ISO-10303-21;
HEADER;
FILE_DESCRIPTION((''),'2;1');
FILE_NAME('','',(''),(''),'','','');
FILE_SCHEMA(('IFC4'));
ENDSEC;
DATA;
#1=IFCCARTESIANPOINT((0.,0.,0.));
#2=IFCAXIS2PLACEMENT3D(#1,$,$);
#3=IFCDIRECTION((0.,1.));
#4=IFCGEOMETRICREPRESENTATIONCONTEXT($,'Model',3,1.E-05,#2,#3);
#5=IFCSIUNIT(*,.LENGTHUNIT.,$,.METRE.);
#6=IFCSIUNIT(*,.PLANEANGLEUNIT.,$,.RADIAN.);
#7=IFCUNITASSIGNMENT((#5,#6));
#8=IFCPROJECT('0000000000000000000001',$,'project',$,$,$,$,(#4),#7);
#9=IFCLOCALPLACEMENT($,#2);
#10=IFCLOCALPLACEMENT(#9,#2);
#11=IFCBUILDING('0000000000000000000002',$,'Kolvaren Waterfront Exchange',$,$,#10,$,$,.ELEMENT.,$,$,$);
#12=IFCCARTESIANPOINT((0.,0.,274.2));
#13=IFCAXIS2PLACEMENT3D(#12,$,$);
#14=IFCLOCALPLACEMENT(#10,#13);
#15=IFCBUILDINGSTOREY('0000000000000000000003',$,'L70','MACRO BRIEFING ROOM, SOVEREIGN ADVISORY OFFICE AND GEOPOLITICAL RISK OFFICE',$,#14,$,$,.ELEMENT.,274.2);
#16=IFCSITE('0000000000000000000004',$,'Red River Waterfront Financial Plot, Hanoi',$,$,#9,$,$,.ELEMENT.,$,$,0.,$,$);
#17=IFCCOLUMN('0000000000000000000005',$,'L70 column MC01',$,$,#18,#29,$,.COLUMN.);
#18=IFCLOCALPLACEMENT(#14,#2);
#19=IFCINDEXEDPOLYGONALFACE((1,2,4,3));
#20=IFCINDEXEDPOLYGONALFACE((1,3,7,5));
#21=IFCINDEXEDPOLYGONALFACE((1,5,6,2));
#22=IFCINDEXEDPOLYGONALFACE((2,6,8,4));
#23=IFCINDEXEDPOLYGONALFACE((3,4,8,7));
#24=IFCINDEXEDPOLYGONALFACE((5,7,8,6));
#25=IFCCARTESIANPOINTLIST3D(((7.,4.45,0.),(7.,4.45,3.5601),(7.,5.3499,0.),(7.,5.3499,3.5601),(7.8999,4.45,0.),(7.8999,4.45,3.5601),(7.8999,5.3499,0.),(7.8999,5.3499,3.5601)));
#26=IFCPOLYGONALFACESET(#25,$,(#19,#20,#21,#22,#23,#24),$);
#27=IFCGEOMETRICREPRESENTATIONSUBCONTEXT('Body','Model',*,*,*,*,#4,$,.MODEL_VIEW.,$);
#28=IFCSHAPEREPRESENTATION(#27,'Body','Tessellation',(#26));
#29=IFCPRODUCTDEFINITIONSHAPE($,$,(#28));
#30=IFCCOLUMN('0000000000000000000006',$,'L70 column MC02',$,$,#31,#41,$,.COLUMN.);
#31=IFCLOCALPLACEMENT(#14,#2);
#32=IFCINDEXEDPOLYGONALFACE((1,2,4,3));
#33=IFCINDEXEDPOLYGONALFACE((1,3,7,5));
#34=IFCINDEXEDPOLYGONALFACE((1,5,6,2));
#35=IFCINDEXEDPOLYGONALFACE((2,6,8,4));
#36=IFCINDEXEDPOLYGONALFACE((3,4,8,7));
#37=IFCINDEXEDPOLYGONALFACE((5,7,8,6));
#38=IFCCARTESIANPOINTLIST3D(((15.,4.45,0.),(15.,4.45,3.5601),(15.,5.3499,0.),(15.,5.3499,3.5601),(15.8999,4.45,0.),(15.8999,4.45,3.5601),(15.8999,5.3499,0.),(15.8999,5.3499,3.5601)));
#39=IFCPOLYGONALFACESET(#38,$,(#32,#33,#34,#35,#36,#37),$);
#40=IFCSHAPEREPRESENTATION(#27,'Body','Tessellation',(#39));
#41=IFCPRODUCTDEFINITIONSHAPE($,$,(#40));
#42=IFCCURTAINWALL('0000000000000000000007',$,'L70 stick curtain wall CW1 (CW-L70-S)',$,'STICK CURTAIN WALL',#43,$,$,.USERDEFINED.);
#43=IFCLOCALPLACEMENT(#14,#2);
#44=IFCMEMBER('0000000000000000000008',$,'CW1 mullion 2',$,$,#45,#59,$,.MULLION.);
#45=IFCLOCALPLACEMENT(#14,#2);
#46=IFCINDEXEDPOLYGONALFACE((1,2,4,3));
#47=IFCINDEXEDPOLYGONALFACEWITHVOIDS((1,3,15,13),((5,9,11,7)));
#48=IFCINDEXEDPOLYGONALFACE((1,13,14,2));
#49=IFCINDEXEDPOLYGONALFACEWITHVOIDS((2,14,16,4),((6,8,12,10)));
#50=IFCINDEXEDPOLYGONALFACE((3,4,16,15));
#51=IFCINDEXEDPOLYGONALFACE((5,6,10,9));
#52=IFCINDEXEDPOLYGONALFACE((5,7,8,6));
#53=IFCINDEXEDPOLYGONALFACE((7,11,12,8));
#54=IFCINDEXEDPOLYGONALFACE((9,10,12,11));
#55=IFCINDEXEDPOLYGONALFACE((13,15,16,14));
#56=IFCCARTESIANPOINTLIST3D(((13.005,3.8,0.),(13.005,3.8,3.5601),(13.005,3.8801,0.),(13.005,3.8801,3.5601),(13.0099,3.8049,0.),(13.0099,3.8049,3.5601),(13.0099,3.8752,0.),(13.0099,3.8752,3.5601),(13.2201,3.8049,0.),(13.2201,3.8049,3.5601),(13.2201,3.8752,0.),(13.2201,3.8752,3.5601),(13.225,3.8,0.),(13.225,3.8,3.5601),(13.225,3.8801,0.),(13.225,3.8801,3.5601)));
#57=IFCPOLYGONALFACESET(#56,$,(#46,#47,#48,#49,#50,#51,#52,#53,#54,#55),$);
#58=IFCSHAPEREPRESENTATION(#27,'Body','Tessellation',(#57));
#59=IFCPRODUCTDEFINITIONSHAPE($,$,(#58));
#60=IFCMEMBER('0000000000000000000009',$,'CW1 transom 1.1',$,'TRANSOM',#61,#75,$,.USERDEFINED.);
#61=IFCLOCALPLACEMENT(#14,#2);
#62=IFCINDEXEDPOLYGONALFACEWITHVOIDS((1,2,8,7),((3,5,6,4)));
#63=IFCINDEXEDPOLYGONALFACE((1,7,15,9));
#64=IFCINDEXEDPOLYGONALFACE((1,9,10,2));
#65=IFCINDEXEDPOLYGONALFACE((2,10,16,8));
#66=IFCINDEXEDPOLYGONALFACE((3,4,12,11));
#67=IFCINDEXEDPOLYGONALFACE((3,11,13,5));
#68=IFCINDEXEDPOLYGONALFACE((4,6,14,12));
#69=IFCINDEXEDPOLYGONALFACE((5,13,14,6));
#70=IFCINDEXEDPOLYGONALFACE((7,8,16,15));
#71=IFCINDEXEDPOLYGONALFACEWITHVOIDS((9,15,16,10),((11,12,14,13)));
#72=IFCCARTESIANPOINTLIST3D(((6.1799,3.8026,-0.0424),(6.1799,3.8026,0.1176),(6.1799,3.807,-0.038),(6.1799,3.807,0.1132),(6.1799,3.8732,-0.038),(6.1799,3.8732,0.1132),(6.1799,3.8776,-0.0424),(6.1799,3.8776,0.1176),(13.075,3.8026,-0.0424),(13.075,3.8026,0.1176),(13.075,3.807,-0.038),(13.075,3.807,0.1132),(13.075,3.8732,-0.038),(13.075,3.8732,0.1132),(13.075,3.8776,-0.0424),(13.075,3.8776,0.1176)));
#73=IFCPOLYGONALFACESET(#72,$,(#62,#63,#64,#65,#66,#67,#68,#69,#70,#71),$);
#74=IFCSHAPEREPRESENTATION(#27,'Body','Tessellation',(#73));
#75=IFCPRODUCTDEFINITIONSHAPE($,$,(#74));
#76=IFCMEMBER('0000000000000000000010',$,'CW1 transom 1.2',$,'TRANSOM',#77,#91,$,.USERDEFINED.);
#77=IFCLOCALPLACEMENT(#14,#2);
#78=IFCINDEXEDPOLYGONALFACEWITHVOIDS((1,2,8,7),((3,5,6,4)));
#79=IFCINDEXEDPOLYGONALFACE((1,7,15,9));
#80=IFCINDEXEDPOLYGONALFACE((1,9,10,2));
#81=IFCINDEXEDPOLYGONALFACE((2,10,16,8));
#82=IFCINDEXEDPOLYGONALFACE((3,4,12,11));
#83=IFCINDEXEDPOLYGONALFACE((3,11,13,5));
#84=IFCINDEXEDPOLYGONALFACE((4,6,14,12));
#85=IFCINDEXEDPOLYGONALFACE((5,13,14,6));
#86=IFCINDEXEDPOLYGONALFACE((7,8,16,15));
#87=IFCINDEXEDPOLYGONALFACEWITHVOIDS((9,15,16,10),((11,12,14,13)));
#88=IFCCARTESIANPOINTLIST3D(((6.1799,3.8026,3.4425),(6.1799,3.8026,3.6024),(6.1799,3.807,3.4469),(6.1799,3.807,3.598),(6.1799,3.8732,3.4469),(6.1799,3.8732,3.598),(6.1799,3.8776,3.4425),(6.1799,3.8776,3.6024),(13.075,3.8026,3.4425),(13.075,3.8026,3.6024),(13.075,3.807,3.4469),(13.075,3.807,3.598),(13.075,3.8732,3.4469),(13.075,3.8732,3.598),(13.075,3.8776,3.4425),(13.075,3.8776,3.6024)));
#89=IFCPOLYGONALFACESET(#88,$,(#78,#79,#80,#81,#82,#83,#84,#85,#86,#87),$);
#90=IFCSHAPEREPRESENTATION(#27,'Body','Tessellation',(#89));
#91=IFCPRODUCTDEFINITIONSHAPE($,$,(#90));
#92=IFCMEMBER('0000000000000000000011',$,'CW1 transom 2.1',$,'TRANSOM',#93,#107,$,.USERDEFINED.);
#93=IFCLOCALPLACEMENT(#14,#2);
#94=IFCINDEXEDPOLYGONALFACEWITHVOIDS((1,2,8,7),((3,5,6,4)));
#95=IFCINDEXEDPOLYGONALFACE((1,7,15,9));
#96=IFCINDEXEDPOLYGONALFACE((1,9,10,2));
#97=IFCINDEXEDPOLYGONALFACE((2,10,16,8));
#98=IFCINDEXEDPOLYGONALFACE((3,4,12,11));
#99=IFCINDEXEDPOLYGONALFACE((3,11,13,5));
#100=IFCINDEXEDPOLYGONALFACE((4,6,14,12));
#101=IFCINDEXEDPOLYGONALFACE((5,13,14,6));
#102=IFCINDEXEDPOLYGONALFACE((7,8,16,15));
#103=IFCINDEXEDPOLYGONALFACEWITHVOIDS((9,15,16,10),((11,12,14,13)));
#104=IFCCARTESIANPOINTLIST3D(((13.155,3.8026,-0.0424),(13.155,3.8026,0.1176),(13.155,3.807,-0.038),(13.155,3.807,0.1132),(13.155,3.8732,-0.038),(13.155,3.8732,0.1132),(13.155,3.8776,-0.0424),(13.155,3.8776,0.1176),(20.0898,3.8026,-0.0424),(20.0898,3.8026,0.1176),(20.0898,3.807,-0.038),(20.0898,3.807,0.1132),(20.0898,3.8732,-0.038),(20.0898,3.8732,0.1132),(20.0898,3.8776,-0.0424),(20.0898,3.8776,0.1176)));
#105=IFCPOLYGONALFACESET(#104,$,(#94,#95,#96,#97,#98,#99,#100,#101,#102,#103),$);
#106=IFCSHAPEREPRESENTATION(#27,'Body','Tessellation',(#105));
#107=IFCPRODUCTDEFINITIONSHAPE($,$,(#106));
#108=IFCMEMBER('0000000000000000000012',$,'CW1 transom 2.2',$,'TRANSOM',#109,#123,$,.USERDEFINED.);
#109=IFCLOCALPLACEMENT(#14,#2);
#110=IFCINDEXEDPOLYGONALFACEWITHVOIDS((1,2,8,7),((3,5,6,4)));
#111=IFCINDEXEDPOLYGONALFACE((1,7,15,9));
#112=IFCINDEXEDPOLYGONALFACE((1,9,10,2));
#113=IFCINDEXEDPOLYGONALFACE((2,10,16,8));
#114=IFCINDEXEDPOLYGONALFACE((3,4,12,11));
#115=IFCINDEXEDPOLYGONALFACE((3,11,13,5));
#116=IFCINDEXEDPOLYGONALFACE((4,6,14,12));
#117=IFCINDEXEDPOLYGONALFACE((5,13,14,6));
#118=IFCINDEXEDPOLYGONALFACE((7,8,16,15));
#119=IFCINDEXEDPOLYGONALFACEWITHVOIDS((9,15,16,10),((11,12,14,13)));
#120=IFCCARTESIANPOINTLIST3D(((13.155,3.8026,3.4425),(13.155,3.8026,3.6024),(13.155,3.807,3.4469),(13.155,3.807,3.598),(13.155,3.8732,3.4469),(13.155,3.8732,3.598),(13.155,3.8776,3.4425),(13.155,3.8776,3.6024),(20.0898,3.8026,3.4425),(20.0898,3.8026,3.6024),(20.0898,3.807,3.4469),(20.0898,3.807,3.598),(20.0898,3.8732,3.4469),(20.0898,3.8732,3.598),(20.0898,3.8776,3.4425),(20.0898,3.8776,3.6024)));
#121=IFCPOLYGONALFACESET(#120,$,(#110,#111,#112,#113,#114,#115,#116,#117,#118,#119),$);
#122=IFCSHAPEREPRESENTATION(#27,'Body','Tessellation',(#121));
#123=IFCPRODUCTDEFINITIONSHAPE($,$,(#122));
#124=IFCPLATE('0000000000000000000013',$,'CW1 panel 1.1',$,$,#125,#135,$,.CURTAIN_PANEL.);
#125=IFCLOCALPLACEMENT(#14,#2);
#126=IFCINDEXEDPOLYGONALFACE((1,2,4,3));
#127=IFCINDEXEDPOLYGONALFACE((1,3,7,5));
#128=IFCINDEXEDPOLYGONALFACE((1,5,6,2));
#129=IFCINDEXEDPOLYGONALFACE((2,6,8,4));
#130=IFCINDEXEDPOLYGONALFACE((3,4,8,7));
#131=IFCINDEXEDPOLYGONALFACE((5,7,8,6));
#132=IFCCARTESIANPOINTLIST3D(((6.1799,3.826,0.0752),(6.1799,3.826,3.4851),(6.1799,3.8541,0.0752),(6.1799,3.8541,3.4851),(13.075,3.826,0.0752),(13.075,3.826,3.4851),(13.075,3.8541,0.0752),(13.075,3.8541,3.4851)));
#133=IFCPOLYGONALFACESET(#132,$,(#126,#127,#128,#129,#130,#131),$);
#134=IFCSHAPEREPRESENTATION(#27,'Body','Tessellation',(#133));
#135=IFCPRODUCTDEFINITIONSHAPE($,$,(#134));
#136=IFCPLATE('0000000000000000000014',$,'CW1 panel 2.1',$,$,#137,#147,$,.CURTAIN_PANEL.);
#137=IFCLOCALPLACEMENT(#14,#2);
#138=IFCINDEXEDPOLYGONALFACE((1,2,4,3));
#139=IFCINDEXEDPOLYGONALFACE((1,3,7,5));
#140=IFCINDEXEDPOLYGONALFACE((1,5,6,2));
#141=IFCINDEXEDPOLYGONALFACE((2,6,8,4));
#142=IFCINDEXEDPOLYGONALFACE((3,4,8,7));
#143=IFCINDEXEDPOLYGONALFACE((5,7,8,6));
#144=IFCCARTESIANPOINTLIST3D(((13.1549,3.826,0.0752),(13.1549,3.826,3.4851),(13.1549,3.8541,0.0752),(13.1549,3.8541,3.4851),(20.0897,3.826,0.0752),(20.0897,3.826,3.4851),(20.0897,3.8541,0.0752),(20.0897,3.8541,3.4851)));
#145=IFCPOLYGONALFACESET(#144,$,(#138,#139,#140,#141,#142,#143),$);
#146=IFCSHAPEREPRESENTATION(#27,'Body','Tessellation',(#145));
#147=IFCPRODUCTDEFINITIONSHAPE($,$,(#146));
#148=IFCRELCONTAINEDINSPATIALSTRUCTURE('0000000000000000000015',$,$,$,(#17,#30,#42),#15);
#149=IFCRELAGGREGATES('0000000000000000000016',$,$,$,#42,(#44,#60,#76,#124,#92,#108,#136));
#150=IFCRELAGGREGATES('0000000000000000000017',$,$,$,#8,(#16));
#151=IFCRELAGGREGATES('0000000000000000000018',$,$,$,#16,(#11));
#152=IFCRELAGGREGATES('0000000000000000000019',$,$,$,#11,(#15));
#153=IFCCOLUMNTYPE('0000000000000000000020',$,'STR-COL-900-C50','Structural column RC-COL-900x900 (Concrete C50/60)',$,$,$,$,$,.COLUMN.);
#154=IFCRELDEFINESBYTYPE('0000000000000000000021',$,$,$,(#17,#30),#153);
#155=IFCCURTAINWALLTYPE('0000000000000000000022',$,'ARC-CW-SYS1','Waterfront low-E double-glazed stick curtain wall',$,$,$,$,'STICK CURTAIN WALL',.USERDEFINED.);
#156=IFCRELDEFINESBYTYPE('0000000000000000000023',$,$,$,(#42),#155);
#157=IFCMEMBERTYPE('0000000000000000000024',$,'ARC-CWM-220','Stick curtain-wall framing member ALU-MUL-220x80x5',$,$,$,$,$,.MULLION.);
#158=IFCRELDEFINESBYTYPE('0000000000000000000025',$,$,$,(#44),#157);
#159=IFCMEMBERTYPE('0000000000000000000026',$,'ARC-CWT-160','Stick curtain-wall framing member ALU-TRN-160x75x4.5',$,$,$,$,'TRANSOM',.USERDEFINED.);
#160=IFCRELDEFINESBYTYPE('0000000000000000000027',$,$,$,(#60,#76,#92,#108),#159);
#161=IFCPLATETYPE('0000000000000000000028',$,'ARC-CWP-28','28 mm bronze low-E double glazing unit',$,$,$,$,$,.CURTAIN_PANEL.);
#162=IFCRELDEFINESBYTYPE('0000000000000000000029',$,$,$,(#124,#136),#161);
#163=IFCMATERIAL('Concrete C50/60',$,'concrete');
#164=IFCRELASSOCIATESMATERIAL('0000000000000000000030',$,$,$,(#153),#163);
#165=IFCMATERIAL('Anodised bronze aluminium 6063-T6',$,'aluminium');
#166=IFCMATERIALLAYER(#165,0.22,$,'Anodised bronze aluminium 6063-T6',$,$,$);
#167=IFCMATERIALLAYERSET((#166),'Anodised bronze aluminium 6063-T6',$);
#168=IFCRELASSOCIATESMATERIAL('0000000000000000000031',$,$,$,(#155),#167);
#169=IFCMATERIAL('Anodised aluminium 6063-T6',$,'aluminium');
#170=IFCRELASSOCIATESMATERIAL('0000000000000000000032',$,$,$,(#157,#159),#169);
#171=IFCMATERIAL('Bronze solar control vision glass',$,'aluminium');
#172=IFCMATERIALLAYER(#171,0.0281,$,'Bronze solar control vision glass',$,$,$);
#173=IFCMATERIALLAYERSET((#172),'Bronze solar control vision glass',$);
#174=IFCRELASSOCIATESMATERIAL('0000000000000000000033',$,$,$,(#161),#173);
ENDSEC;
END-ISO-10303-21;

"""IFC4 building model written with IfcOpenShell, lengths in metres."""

from ifc_helpers import new_model, si_unit, direction, frame, origin, origin_with_axes, origin_2d, place, context, subcontext, project, spatial, rectangle, hollow_rectangle, extrude, source, transform, mapped, material, layer, layer_set, material_profile, profile_set, type_object, element, aggregate, save


model = new_model("IFC4")

# Units and contexts
model_context = context("Model", 3, precision=1e-05, world=origin(), true_north=direction((0.0, 1.0)))
body_context = subcontext(model_context, "Body", "Model", "MODEL_VIEW")
ifc_project = project(units=[si_unit("LENGTHUNIT", "METRE"), si_unit("PLANEANGLEUNIT", "RADIAN")], contexts=[model_context])

# Site, building, storey
site_placement = place(None, origin())
site = spatial("IfcSite", under=ifc_project, at=site_placement, Name="Red River Waterfront Financial Plot, Hanoi", CompositionType="ELEMENT", RefElevation=0.0)
building_placement = place(site_placement, origin())
building = spatial("IfcBuilding", under=site, at=building_placement, Name="Kolvaren Waterfront Exchange", CompositionType="ELEMENT")
storey_placement = place(building_placement, frame((0.0, 0.0, 274.2)))
storey = spatial("IfcBuildingStorey", under=building, at=storey_placement, Name="L70", Description="MACRO BRIEFING ROOM, SOVEREIGN ADVISORY OFFICE AND GEOPOLITICAL RISK OFFICE", CompositionType="ELEMENT", Elevation=274.2)

# Columns
ifc_material_1 = material(Name="Concrete C50/60", Category="concrete")
ifc_material_profile_1 = material_profile(ifc_material_1, rectangle(XDim=0.8999, YDim=0.8999, at=origin_2d()), Name="RC-COL-900x900")
ifc_profile_set_1 = profile_set([ifc_material_profile_1], Name="Concrete C50/60")
column_type = type_object("IfcColumnType", Name="STR-COL-900-C50", Description="Structural column RC-COL-900x900 (Concrete C50/60)", PredefinedType="COLUMN", material=ifc_profile_set_1)
for number, where, z_axis, x_axis, name in (
    (1, (7.45, 4.8999, 0.0), (0.0, 0.0, 1.0), (1.0, 0.0, 0.0), "L70 column MC01"),
    (2, (15.45, 4.8999, 0.0), (0.0, 0.0, 1.0), (1.0, 0.0, 0.0), "L70 column MC02"),
):
    element("IfcColumn", number, at=place(storey_placement, frame(where, z_axis=z_axis, x_axis=x_axis)), inside=storey, type_object=column_type, Name=name, PredefinedType="COLUMN", context=body_context, shape_type="SweptSolid", body=[
        extrude(rectangle(XDim=0.8999, YDim=0.8999, at=origin_2d()), origin(), (0.0, 0.0, 1.0), 3.5601),
    ])

# Curtain wall, members, plates
ifc_material_2 = material(Name="Anodised bronze aluminium 6063-T6", Category="aluminium")
ifc_layer_1 = layer(ifc_material_2, 0.22, Name="Anodised bronze aluminium 6063-T6")
ifc_layer_set_1 = layer_set([ifc_layer_1], Name="Anodised bronze aluminium 6063-T6")
curtain_wall_type = type_object("IfcCurtainWallType", Name="ARC-CW-SYS1", Description="Waterfront low-E double-glazed stick curtain wall", ElementType="STICK CURTAIN WALL", PredefinedType="USERDEFINED", material=ifc_layer_set_1)
curtain_wall_placement = place(storey_placement, origin())
curtain_wall = element("IfcCurtainWall", 3, at=curtain_wall_placement, inside=storey, type_object=curtain_wall_type, Name="L70 stick curtain wall CW1 (CW-L70-S)", ObjectType="STICK CURTAIN WALL", PredefinedType="USERDEFINED")
ifc_material_3 = material(Name="Anodised aluminium 6063-T6", Category="aluminium")
ifc_material_profile_2 = material_profile(ifc_material_3, hollow_rectangle(XDim=0.0801, YDim=0.22, WallThickness=0.0049, at=origin_2d()), Name="ALU-MUL-220x80x5")
ifc_profile_set_2 = profile_set([ifc_material_profile_2], Name="Anodised aluminium 6063-T6")
member_type_1 = type_object("IfcMemberType", Name="ARC-CWM-220", Description="Stick curtain-wall framing member ALU-MUL-220x80x5", PredefinedType="MULLION", material=ifc_profile_set_2)
shared_shape_1 = source(origin_with_axes(), body_context, "Body", "SweptSolid", [
    extrude(hollow_rectangle(XDim=0.0801, YDim=0.22, WallThickness=0.0049, at=origin_2d()), origin(), (0.0, 0.0, 1.0), 3.5601),
])
member_1_placement = place(storey_placement, frame((13.115, 3.8401, 0.0), z_axis=(0.0, 0.0, 1.0), x_axis=(0.0, 1.0, 0.0)))
member_1 = element("IfcMember", 4, at=member_1_placement, type_object=member_type_1, Name="CW1 mullion 2", PredefinedType="MULLION", context=body_context, shape_type="MappedRepresentation", body=[
    mapped(shared_shape_1, transform((0.0, 0.0, 0.0), x_axis=(1.0, 0.0, 0.0), y_axis=(0.0, 1.0, 0.0), z_axis=(0.0, 0.0, 1.0), scale=1.0)),
])
ifc_material_profile_3 = material_profile(ifc_material_3, hollow_rectangle(XDim=0.075, YDim=0.1599, WallThickness=0.0044, at=origin_2d()), Name="ALU-TRN-160x75x4.5")
ifc_profile_set_3 = profile_set([ifc_material_profile_3], Name="Anodised aluminium 6063-T6")
member_type_2 = type_object("IfcMemberType", Name="ARC-CWT-160", Description="Stick curtain-wall framing member ALU-TRN-160x75x4.5", ElementType="TRANSOM", PredefinedType="USERDEFINED", material=ifc_profile_set_3)
shared_shape_2 = source(origin_with_axes(), body_context, "Body", "SweptSolid", [
    extrude(hollow_rectangle(XDim=0.075, YDim=0.1599, WallThickness=0.0044, at=origin_2d()), origin(), (0.0, 0.0, 1.0), 6.895),
])
member_2_placement = place(storey_placement, frame((6.1799, 3.8401, 0.0376), z_axis=(1.0, 0.0, 0.0), x_axis=(0.0, 1.0, 0.0)))
member_2 = element("IfcMember", 5, at=member_2_placement, type_object=member_type_2, Name="CW1 transom 1.1", ObjectType="TRANSOM", PredefinedType="USERDEFINED", context=body_context, shape_type="MappedRepresentation", body=[
    mapped(shared_shape_2, transform((0.0, 0.0, 0.0), x_axis=(1.0, 0.0, 0.0), y_axis=(0.0, 1.0, 0.0), z_axis=(0.0, 0.0, 1.0), scale=1.0)),
])
member_3_placement = place(storey_placement, frame((6.1799, 3.8401, 3.5225), z_axis=(1.0, 0.0, 0.0), x_axis=(0.0, 1.0, 0.0)))
member_3 = element("IfcMember", 6, at=member_3_placement, type_object=member_type_2, Name="CW1 transom 1.2", ObjectType="TRANSOM", PredefinedType="USERDEFINED", context=body_context, shape_type="MappedRepresentation", body=[
    mapped(shared_shape_2, transform((0.0, 0.0, 0.0), x_axis=(1.0, 0.0, 0.0), y_axis=(0.0, 1.0, 0.0), z_axis=(0.0, 0.0, 1.0), scale=1.0)),
])
shared_shape_3 = source(origin_with_axes(), body_context, "Body", "SweptSolid", [
    extrude(hollow_rectangle(XDim=0.075, YDim=0.1599, WallThickness=0.0044, at=origin_2d()), origin(), (0.0, 0.0, 1.0), 6.9348),
])
member_4_placement = place(storey_placement, frame((13.155, 3.8401, 0.0376), z_axis=(1.0, 0.0, 0.0), x_axis=(0.0, 1.0, 0.0)))
member_4 = element("IfcMember", 7, at=member_4_placement, type_object=member_type_2, Name="CW1 transom 2.1", ObjectType="TRANSOM", PredefinedType="USERDEFINED", context=body_context, shape_type="MappedRepresentation", body=[
    mapped(shared_shape_3, transform((0.0, 0.0, 0.0), x_axis=(1.0, 0.0, 0.0), y_axis=(0.0, 1.0, 0.0), z_axis=(0.0, 0.0, 1.0), scale=1.0)),
])
member_5_placement = place(storey_placement, frame((13.155, 3.8401, 3.5225), z_axis=(1.0, 0.0, 0.0), x_axis=(0.0, 1.0, 0.0)))
member_5 = element("IfcMember", 8, at=member_5_placement, type_object=member_type_2, Name="CW1 transom 2.2", ObjectType="TRANSOM", PredefinedType="USERDEFINED", context=body_context, shape_type="MappedRepresentation", body=[
    mapped(shared_shape_3, transform((0.0, 0.0, 0.0), x_axis=(1.0, 0.0, 0.0), y_axis=(0.0, 1.0, 0.0), z_axis=(0.0, 0.0, 1.0), scale=1.0)),
])
ifc_material_4 = material(Name="Bronze solar control vision glass", Category="aluminium")
ifc_layer_2 = layer(ifc_material_4, 0.0281, Name="Bronze solar control vision glass")
ifc_layer_set_2 = layer_set([ifc_layer_2], Name="Bronze solar control vision glass")
plate_type = type_object("IfcPlateType", Name="ARC-CWP-28", Description="28 mm bronze low-E double glazing unit", PredefinedType="CURTAIN_PANEL", material=ifc_layer_set_2)
shared_shape_4 = source(origin_with_axes(), body_context, "Body", "SweptSolid", [
    extrude(rectangle(XDim=6.895, YDim=0.0281, at=origin_2d()), origin(), (0.0, 0.0, 1.0), 3.4099),
])
plate_1_placement = place(storey_placement, frame((9.6274, 3.8401, 0.0752), z_axis=(0.0, 0.0, 1.0), x_axis=(1.0, 0.0, 0.0)))
plate_1 = element("IfcPlate", 9, at=plate_1_placement, type_object=plate_type, Name="CW1 panel 1.1", PredefinedType="CURTAIN_PANEL", context=body_context, shape_type="MappedRepresentation", body=[
    mapped(shared_shape_4, transform((0.0, 0.0, 0.0), x_axis=(1.0, 0.0, 0.0), y_axis=(0.0, 1.0, 0.0), z_axis=(0.0, 0.0, 1.0), scale=1.0)),
])
shared_shape_5 = source(origin_with_axes(), body_context, "Body", "SweptSolid", [
    extrude(rectangle(XDim=6.9348, YDim=0.0281, at=origin_2d()), origin(), (0.0, 0.0, 1.0), 3.4099),
])
plate_2_placement = place(storey_placement, frame((16.6223, 3.8401, 0.0752), z_axis=(0.0, 0.0, 1.0), x_axis=(1.0, 0.0, 0.0)))
plate_2 = element("IfcPlate", 10, at=plate_2_placement, type_object=plate_type, Name="CW1 panel 2.1", PredefinedType="CURTAIN_PANEL", context=body_context, shape_type="MappedRepresentation", body=[
    mapped(shared_shape_5, transform((0.0, 0.0, 0.0), x_axis=(1.0, 0.0, 0.0), y_axis=(0.0, 1.0, 0.0), z_axis=(0.0, 0.0, 1.0), scale=1.0)),
])
aggregate(curtain_wall, [member_1, member_2, member_3, plate_1, member_4, member_5, plate_2])

save(model, "model.ifc")
